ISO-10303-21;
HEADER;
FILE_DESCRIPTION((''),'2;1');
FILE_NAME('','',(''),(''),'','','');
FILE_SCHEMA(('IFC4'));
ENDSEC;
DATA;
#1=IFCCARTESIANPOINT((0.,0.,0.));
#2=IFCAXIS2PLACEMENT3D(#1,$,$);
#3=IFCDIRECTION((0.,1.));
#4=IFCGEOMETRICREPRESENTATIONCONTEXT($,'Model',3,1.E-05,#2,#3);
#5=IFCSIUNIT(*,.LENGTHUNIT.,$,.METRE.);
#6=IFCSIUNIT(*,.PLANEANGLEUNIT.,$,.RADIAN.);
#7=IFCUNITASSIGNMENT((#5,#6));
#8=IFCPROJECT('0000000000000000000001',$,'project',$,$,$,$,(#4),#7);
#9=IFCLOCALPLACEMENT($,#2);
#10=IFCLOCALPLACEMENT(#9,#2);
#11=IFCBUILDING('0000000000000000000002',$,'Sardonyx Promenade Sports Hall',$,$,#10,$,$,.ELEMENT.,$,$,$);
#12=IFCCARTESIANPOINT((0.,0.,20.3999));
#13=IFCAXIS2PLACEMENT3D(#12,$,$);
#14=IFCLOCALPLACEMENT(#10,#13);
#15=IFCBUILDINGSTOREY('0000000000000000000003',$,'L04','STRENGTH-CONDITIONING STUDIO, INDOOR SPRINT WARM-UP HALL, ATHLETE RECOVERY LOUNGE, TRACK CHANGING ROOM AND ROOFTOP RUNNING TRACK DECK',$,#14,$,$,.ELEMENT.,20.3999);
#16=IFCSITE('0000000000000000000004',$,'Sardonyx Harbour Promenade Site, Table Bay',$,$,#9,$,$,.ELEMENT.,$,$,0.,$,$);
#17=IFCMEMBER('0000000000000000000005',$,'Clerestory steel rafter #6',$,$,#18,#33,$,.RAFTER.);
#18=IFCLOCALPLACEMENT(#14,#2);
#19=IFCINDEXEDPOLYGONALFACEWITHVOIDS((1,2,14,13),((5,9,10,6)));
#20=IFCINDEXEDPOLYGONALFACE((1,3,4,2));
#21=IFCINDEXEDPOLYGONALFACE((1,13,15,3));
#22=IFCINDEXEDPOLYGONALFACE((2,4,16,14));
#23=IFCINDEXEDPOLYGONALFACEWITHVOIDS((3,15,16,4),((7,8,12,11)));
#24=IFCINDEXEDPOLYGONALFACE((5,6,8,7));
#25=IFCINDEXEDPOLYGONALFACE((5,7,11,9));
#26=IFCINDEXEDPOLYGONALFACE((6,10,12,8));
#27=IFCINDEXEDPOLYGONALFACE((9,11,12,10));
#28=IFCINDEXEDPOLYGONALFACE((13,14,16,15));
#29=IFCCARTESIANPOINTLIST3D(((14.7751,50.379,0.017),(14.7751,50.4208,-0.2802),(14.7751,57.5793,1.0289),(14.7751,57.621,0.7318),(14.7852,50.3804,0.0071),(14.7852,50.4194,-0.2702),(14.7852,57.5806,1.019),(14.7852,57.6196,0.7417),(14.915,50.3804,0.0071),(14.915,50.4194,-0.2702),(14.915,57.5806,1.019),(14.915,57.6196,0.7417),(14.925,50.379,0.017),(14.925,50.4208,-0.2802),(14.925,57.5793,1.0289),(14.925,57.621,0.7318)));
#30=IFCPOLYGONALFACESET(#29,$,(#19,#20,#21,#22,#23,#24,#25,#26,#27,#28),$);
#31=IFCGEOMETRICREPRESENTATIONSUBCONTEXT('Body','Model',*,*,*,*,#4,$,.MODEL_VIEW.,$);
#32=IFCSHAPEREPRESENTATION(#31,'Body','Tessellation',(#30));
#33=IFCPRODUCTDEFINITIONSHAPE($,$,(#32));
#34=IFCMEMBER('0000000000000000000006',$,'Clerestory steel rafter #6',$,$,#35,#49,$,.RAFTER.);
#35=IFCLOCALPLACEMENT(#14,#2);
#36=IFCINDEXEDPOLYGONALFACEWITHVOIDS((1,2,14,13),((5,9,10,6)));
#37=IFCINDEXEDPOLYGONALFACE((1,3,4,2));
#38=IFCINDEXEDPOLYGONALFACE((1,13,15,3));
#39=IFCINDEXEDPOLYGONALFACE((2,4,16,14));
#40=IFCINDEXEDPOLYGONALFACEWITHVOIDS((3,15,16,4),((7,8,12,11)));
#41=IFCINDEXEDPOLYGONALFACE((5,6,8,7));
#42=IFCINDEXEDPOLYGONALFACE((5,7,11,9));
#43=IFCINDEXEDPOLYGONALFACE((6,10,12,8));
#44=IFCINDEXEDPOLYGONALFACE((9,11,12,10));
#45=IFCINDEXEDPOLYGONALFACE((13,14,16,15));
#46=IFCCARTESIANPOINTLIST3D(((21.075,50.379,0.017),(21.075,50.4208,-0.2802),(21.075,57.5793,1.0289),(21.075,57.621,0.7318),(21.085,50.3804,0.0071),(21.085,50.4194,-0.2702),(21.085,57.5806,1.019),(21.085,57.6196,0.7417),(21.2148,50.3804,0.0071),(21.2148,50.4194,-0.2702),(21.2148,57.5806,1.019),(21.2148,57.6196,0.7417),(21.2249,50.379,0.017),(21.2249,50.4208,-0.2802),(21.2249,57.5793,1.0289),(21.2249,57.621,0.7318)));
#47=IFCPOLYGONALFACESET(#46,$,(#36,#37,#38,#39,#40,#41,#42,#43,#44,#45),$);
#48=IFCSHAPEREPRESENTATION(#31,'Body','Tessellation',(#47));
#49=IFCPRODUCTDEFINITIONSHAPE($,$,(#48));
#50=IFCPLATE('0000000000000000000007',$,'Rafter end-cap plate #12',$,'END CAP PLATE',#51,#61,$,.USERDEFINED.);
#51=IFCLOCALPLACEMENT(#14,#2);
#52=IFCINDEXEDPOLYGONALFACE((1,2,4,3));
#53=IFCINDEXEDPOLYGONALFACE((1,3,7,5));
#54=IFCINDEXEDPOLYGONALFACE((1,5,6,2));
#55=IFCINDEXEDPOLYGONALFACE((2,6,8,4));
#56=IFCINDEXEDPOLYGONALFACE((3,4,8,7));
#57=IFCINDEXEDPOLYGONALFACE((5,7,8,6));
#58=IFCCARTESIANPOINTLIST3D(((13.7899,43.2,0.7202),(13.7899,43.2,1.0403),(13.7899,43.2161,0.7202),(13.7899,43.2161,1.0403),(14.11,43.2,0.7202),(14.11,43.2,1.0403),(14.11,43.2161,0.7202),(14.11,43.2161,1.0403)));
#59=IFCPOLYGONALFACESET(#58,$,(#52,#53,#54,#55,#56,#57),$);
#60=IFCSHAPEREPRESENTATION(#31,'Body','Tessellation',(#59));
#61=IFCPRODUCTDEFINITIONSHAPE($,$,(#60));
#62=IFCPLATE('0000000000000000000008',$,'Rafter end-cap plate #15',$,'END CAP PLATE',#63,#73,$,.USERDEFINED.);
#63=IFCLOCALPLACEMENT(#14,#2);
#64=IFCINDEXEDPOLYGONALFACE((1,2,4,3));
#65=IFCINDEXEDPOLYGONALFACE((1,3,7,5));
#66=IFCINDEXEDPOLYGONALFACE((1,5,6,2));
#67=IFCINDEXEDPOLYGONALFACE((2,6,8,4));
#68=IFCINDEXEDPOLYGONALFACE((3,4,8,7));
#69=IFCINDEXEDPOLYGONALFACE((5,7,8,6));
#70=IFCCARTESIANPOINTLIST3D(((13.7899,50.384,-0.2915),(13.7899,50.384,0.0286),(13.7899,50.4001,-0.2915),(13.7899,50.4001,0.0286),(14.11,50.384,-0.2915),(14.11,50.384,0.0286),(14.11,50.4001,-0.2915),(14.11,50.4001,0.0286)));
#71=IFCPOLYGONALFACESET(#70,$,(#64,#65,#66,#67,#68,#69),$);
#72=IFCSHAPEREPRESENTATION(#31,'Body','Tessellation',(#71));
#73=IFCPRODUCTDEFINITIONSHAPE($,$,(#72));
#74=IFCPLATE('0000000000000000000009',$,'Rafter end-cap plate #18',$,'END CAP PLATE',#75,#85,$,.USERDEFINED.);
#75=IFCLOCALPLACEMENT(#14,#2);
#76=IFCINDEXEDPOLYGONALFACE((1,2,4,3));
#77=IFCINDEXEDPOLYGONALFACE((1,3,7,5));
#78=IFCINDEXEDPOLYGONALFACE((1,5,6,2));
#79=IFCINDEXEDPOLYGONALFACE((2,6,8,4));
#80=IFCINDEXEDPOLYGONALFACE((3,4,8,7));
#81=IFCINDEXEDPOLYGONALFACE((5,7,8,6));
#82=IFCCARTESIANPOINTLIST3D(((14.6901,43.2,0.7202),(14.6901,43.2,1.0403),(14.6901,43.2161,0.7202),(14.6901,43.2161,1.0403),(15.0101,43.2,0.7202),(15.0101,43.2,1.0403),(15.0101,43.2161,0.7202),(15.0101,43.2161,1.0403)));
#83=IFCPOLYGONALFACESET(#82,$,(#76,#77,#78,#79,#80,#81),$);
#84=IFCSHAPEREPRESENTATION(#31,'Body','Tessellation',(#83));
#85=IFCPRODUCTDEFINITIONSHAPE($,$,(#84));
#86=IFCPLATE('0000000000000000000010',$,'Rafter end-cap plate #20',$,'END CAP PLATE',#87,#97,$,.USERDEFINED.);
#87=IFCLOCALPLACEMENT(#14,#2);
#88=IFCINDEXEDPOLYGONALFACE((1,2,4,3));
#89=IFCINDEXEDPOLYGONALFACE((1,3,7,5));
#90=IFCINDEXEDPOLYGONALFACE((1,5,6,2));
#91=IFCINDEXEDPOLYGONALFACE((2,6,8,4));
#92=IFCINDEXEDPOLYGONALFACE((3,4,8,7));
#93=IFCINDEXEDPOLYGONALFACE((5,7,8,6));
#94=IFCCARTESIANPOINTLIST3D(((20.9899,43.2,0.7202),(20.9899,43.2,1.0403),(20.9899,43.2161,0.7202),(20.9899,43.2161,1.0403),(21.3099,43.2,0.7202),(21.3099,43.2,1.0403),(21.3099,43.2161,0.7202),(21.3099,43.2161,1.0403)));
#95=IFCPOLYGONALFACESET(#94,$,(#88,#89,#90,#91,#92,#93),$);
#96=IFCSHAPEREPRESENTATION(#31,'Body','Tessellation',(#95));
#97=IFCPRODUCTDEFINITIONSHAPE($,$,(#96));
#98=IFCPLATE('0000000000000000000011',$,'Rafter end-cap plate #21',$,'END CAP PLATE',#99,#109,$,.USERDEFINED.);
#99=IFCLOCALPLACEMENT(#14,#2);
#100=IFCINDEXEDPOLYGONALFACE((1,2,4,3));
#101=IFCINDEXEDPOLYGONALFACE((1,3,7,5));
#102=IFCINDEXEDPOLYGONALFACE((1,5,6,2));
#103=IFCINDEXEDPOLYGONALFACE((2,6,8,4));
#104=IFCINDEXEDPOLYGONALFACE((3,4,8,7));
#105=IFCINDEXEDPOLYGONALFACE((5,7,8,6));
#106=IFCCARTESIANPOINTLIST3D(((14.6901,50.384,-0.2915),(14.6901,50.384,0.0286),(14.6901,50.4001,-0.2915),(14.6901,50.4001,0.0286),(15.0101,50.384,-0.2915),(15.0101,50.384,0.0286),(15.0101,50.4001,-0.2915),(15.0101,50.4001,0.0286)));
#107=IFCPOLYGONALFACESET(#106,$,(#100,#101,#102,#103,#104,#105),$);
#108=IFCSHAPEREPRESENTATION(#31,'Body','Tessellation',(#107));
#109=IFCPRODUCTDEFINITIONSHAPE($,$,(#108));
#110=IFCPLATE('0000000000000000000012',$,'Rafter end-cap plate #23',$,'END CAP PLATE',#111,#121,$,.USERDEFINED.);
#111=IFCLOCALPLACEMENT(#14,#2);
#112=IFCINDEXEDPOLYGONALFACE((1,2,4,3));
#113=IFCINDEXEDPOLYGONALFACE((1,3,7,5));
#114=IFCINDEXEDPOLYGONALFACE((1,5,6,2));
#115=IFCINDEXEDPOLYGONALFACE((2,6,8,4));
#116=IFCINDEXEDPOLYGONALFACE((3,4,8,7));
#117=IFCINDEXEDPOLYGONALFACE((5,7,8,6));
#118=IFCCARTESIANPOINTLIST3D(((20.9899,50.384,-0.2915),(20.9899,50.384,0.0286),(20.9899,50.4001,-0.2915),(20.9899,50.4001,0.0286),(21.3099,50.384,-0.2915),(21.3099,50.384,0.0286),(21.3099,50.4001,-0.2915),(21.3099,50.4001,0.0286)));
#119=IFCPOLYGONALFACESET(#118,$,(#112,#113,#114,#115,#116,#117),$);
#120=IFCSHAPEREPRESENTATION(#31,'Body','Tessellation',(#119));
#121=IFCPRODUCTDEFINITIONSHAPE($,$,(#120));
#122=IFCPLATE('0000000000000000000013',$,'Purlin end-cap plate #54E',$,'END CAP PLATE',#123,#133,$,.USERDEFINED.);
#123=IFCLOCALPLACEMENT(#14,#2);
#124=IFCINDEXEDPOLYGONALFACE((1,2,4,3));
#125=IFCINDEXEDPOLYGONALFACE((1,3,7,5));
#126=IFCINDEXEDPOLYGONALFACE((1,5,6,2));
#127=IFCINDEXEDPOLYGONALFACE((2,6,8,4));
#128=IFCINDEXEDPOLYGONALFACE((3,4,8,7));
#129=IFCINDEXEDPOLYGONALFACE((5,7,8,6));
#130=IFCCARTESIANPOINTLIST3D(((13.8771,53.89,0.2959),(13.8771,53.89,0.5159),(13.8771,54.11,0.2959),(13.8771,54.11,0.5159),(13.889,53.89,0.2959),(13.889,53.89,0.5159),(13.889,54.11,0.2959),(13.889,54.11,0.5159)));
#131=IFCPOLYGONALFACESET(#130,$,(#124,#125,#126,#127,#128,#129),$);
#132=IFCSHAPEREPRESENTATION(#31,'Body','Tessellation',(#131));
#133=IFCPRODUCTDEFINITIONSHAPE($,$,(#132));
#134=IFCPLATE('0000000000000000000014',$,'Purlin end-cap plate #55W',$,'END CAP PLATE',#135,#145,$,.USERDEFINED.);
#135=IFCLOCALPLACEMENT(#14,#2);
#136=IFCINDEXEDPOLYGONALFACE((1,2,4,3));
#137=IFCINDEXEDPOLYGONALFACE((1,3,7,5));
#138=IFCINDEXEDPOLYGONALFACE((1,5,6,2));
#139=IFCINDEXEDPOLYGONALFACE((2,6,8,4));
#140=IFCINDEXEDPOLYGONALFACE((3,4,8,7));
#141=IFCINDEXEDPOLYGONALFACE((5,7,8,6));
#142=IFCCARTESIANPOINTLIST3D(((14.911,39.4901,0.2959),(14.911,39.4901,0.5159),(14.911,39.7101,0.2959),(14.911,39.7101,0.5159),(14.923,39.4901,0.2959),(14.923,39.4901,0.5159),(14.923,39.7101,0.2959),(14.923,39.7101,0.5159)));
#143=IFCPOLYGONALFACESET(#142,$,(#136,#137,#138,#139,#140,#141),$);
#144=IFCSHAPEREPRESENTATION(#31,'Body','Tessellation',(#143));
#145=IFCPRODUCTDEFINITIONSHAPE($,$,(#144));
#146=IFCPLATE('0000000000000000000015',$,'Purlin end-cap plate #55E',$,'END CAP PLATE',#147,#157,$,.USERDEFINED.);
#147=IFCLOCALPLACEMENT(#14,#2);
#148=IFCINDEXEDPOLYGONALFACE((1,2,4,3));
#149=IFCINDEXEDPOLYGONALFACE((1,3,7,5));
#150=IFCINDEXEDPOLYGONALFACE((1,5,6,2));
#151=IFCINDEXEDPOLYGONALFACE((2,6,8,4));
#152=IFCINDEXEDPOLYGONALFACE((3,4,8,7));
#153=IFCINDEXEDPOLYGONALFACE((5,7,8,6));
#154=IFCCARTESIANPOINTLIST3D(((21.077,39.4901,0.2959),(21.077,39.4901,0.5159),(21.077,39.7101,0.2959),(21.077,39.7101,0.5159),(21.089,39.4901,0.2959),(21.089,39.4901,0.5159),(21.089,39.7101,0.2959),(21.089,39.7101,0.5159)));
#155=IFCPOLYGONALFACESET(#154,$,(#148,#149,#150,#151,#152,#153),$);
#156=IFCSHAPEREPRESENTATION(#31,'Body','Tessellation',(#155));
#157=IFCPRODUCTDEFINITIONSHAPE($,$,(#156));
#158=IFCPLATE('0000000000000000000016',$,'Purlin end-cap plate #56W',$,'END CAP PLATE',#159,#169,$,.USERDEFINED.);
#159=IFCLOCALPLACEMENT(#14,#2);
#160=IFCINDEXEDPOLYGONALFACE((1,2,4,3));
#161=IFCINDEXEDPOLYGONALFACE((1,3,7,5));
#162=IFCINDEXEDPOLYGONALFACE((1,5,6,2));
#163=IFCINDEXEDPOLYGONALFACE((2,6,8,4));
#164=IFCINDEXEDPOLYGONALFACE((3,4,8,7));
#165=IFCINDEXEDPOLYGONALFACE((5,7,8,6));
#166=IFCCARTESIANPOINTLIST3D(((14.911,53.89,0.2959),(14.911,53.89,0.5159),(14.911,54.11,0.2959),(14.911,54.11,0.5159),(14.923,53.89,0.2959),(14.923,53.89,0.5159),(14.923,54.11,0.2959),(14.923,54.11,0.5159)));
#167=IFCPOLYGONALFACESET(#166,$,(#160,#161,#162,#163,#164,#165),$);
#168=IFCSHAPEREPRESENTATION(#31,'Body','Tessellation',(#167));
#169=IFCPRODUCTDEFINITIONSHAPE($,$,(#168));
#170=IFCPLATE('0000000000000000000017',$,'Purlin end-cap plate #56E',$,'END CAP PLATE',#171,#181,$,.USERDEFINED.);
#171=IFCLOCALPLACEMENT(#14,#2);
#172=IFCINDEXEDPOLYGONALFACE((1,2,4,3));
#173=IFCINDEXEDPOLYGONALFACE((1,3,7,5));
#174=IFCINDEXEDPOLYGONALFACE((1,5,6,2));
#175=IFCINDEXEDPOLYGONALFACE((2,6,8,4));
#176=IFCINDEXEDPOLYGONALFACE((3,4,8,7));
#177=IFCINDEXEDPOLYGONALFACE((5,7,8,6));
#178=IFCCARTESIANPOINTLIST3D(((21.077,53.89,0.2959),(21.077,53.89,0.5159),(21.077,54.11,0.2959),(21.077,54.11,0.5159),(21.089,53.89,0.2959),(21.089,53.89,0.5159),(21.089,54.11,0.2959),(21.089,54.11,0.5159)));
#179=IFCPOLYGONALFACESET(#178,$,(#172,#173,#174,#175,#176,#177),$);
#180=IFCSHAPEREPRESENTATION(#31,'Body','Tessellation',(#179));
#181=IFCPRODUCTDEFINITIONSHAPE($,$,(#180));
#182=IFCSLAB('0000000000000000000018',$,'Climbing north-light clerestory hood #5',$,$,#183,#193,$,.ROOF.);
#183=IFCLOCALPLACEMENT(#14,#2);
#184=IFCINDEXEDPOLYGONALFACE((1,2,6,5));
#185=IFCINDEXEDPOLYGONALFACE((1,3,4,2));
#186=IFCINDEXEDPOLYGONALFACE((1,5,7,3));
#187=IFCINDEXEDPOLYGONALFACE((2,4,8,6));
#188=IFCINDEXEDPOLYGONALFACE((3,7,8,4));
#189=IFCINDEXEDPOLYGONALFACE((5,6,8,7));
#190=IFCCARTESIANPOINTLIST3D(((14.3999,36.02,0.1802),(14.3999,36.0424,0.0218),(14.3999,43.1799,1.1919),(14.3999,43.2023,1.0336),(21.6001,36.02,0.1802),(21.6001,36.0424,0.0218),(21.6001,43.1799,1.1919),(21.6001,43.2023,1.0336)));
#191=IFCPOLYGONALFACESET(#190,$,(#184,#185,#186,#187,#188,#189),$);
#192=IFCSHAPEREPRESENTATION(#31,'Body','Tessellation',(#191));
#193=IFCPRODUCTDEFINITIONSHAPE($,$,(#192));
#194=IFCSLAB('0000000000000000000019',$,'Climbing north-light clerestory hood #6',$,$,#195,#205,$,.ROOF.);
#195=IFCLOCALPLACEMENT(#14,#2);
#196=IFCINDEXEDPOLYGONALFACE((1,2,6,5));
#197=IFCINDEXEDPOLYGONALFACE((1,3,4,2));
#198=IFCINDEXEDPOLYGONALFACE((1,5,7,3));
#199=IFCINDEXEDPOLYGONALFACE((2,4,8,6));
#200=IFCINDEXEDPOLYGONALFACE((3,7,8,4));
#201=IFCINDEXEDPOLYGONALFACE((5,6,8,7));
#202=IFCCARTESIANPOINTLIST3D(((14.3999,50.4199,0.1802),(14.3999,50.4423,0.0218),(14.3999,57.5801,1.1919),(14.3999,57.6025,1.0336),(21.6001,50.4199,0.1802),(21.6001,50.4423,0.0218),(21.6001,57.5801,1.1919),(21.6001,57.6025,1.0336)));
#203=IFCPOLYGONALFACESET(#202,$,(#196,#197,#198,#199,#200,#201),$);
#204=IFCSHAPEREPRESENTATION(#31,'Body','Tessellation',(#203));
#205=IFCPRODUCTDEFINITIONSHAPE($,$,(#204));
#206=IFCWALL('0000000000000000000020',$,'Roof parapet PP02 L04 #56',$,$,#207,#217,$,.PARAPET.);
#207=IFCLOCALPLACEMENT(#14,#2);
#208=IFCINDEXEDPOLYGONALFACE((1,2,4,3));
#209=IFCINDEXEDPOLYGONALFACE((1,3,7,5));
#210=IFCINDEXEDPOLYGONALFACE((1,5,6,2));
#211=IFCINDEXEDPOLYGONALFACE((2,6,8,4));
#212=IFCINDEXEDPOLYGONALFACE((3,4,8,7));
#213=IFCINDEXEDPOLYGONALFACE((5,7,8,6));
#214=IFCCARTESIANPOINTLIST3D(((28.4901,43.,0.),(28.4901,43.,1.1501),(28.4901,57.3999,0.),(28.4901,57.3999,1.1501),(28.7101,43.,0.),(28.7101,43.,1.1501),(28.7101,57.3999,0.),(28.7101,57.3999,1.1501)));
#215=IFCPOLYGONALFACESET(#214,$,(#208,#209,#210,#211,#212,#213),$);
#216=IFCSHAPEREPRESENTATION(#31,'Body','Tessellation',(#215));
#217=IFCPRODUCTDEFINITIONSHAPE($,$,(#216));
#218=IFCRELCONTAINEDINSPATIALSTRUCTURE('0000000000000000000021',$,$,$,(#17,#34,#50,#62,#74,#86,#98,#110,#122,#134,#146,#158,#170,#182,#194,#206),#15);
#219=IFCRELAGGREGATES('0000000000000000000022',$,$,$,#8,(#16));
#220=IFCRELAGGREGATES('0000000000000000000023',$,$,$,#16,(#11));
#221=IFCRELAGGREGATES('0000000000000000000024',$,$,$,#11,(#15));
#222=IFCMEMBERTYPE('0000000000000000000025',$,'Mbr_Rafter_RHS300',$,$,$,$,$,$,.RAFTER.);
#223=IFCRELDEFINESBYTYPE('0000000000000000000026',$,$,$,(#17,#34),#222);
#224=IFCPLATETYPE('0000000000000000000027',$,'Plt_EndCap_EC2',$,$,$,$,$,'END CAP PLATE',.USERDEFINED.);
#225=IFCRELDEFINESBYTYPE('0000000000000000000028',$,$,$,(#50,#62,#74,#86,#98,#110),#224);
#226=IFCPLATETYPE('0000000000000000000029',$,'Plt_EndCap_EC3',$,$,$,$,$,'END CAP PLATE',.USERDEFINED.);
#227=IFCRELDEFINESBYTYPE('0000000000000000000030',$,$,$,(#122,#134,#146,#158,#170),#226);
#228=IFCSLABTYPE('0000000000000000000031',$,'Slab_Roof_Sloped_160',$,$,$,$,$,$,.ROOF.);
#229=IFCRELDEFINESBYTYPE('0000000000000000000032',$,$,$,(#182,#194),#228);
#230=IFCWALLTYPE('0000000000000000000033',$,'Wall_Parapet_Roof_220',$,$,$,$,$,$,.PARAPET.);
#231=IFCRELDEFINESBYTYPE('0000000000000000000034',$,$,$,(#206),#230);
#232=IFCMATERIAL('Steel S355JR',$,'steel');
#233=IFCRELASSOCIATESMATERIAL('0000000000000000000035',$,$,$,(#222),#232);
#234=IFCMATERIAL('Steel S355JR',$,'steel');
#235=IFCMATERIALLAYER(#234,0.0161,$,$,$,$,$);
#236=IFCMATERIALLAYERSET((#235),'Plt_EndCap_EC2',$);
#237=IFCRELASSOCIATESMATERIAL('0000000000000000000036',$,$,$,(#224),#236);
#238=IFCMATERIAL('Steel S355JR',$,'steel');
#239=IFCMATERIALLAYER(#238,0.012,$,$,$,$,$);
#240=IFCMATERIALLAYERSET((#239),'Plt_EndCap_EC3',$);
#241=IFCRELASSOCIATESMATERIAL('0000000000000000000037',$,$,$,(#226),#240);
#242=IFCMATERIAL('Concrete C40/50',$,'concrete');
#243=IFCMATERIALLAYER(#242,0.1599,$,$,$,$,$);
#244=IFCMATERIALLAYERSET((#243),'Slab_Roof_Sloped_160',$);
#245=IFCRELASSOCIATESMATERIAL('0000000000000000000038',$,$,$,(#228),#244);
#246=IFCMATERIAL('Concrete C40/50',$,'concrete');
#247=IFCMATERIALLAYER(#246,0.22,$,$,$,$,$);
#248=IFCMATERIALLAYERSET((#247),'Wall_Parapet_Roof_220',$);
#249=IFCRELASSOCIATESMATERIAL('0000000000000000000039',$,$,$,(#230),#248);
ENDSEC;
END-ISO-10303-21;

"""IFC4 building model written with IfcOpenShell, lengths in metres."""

from ifc_helpers import new_model, si_unit, direction, frame, frame_2d, origin, origin_2d, place, context, subcontext, project, spatial, polyline, rectangle, hollow_rectangle, outline, extrude, material, layer, layer_set, material_profile, profile_set, type_object, element, save


model = new_model("IFC4")

# Units and contexts
model_context = context("Model", 3, precision=1e-05, world=origin(), true_north=direction((0.0, 1.0)))
body_context = subcontext(model_context, "Body", "Model", "MODEL_VIEW")
ifc_project = project(units=[si_unit("LENGTHUNIT", "METRE"), si_unit("PLANEANGLEUNIT", "RADIAN")], contexts=[model_context])

# Site, building, storey
site_placement = place(None, origin())
site = spatial("IfcSite", under=ifc_project, at=site_placement, Name="Sardonyx Harbour Promenade Site, Table Bay", CompositionType="ELEMENT", RefElevation=0.0)
building_placement = place(site_placement, origin())
building = spatial("IfcBuilding", under=site, at=building_placement, Name="Sardonyx Promenade Sports Hall", CompositionType="ELEMENT")
storey_placement = place(building_placement, frame((0.0, 0.0, 20.3999)))
storey = spatial("IfcBuildingStorey", under=building, at=storey_placement, Name="L04", Description="STRENGTH-CONDITIONING STUDIO, INDOOR SPRINT WARM-UP HALL, ATHLETE RECOVERY LOUNGE, TRACK CHANGING ROOM AND ROOFTOP RUNNING TRACK DECK", CompositionType="ELEMENT", Elevation=20.3999)

# Members
ifc_material_1 = material(Name="Steel S355JR", Category="steel")
ifc_material_profile_1 = material_profile(ifc_material_1, hollow_rectangle(XDim=0.1499, YDim=0.3, WallThickness=0.01, at=origin_2d()))
ifc_profile_set_1 = profile_set([ifc_material_profile_1], Name="Steel S355JR")
member_type_1 = type_object("IfcMemberType", Name="Mbr_Rafter_RHS300", PredefinedType="RAFTER", material=ifc_profile_set_1)
for number, where, z_axis, x_axis, name in (
    (1, (14.8501, 50.3999, -0.1316), (0.0, 0.990267, 0.139179), (-1.0, 0.0, 0.0), "Clerestory steel rafter #6"),
    (2, (21.1499, 50.3999, -0.1316), (0.0, 0.990267, 0.139179), (-1.0, 0.0, 0.0), "Clerestory steel rafter #6"),
):
    element("IfcMember", number, at=place(storey_placement, frame(where, z_axis=z_axis, x_axis=x_axis)), inside=storey, type_object=member_type_1, Name=name, PredefinedType="RAFTER", context=body_context, shape_type="SweptSolid", body=[
        extrude(hollow_rectangle(XDim=0.1499, YDim=0.3, WallThickness=0.01, at=origin_2d()), origin(), (0.0, 0.0, 1.0), 7.271),
    ])

# Plates
ifc_material_2 = material(Name="Steel S355JR", Category="steel")
ifc_layer_1 = layer(ifc_material_2, 0.0161)
ifc_layer_set_1 = layer_set([ifc_layer_1], Name="Plt_EndCap_EC2")
plate_type_1 = type_object("IfcPlateType", Name="Plt_EndCap_EC2", ElementType="END CAP PLATE", PredefinedType="USERDEFINED", material=ifc_layer_set_1)
for number, where, z_axis, x_axis, name in (
    (3, (13.95, 43.208, 0.7202), (0.0, 0.0, 1.0), (1.0, 0.0, 0.0), "Rafter end-cap plate #12"),
    (4, (13.95, 50.3921, -0.2915), (0.0, 0.0, 1.0), (1.0, 0.0, 0.0), "Rafter end-cap plate #15"),
    (5, (14.8501, 43.208, 0.7202), (0.0, 0.0, 1.0), (1.0, 0.0, 0.0), "Rafter end-cap plate #18"),
    (6, (21.1499, 43.208, 0.7202), (0.0, 0.0, 1.0), (1.0, 0.0, 0.0), "Rafter end-cap plate #20"),
    (7, (14.8501, 50.3921, -0.2915), (0.0, 0.0, 1.0), (1.0, 0.0, 0.0), "Rafter end-cap plate #21"),
    (8, (21.1499, 50.3921, -0.2915), (0.0, 0.0, 1.0), (1.0, 0.0, 0.0), "Rafter end-cap plate #23"),
):
    element("IfcPlate", number, at=place(storey_placement, frame(where, z_axis=z_axis, x_axis=x_axis)), inside=storey, type_object=plate_type_1, Name=name, ObjectType="END CAP PLATE", PredefinedType="USERDEFINED", context=body_context, shape_type="SweptSolid", body=[
        extrude(rectangle(XDim=0.3201, YDim=0.0161, at=origin_2d()), origin(), (0.0, 0.0, 1.0), 0.3201),
    ])
ifc_material_3 = material(Name="Steel S355JR", Category="steel")
ifc_layer_2 = layer(ifc_material_3, 0.012)
ifc_layer_set_2 = layer_set([ifc_layer_2], Name="Plt_EndCap_EC3")
plate_type_2 = type_object("IfcPlateType", Name="Plt_EndCap_EC3", ElementType="END CAP PLATE", PredefinedType="USERDEFINED", material=ifc_layer_set_2)
for number, where, z_axis, x_axis, name in (
    (9, (13.8831, 54.0, 0.2959), (0.0, 0.0, 1.0), (1.0, 0.0, 0.0), "Purlin end-cap plate #54E"),
    (10, (14.917, 39.6001, 0.2959), (0.0, 0.0, 1.0), (1.0, 0.0, 0.0), "Purlin end-cap plate #55W"),
    (11, (21.083, 39.6001, 0.2959), (0.0, 0.0, 1.0), (1.0, 0.0, 0.0), "Purlin end-cap plate #55E"),
    (12, (14.917, 54.0, 0.2959), (0.0, 0.0, 1.0), (1.0, 0.0, 0.0), "Purlin end-cap plate #56W"),
    (13, (21.083, 54.0, 0.2959), (0.0, 0.0, 1.0), (1.0, 0.0, 0.0), "Purlin end-cap plate #56E"),
):
    element("IfcPlate", number, at=place(storey_placement, frame(where, z_axis=z_axis, x_axis=x_axis)), inside=storey, type_object=plate_type_2, Name=name, ObjectType="END CAP PLATE", PredefinedType="USERDEFINED", context=body_context, shape_type="SweptSolid", body=[
        extrude(rectangle(XDim=0.012, YDim=0.22, at=origin_2d()), origin(), (0.0, 0.0, 1.0), 0.22),
    ])

# Slabs
ifc_material_4 = material(Name="Concrete C40/50", Category="concrete")
ifc_layer_3 = layer(ifc_material_4, 0.1599)
ifc_layer_set_3 = layer_set([ifc_layer_3], Name="Slab_Roof_Sloped_160")
slab_type = type_object("IfcSlabType", Name="Slab_Roof_Sloped_160", PredefinedType="ROOF", material=ifc_layer_set_3)
slab_1_placement = place(storey_placement, frame((14.3999, 36.02, 0.1802), z_axis=(0.0, -0.139913, 0.990164), x_axis=(1.0, 0.0, 0.0)))
element("IfcSlab", 14, at=slab_1_placement, inside=storey, type_object=slab_type, Name="Climbing north-light clerestory hood #5", PredefinedType="ROOF", context=body_context, shape_type="SweptSolid", body=[
    extrude(outline(polyline([(0.0, 0.0), (7.2002, 0.0), (7.2002, 7.231), (0.0, 7.231), (0.0, 0.0)])), origin(), (0.0, 0.0, -1.0), 0.1599),
])
slab_2_placement = place(storey_placement, frame((14.3999, 50.4199, 0.1802), z_axis=(0.0, -0.139909, 0.990164), x_axis=(1.0, 0.0, 0.0)))
element("IfcSlab", 15, at=slab_2_placement, inside=storey, type_object=slab_type, Name="Climbing north-light clerestory hood #6", PredefinedType="ROOF", context=body_context, shape_type="SweptSolid", body=[
    extrude(outline(polyline([(0.0, 0.0), (7.2002, 0.0), (7.2002, 7.2313), (0.0, 7.2313), (0.0, 0.0)])), origin(), (0.0, 0.0, -1.0), 0.1599),
])

# Wall
ifc_material_5 = material(Name="Concrete C40/50", Category="concrete")
ifc_layer_4 = layer(ifc_material_5, 0.22)
ifc_layer_set_4 = layer_set([ifc_layer_4], Name="Wall_Parapet_Roof_220")
wall_type = type_object("IfcWallType", Name="Wall_Parapet_Roof_220", PredefinedType="PARAPET", material=ifc_layer_set_4)
for number, where, z_axis, x_axis, name in (
    (16, (28.6001, 57.3999, 0.0), (0.0, 0.0, 1.0), (0.0, -1.0, 0.0), "Roof parapet PP02 L04 #56"),
):
    element("IfcWall", number, at=place(storey_placement, frame(where, z_axis=z_axis, x_axis=x_axis)), inside=storey, type_object=wall_type, Name=name, PredefinedType="PARAPET", context=body_context, shape_type="SweptSolid", body=[
        extrude(rectangle(XDim=14.3999, YDim=0.22, at=frame_2d((7.2, 0.0))), origin(), (0.0, 0.0, 1.0), 1.1501),
    ])

save(model, "model.ifc")
